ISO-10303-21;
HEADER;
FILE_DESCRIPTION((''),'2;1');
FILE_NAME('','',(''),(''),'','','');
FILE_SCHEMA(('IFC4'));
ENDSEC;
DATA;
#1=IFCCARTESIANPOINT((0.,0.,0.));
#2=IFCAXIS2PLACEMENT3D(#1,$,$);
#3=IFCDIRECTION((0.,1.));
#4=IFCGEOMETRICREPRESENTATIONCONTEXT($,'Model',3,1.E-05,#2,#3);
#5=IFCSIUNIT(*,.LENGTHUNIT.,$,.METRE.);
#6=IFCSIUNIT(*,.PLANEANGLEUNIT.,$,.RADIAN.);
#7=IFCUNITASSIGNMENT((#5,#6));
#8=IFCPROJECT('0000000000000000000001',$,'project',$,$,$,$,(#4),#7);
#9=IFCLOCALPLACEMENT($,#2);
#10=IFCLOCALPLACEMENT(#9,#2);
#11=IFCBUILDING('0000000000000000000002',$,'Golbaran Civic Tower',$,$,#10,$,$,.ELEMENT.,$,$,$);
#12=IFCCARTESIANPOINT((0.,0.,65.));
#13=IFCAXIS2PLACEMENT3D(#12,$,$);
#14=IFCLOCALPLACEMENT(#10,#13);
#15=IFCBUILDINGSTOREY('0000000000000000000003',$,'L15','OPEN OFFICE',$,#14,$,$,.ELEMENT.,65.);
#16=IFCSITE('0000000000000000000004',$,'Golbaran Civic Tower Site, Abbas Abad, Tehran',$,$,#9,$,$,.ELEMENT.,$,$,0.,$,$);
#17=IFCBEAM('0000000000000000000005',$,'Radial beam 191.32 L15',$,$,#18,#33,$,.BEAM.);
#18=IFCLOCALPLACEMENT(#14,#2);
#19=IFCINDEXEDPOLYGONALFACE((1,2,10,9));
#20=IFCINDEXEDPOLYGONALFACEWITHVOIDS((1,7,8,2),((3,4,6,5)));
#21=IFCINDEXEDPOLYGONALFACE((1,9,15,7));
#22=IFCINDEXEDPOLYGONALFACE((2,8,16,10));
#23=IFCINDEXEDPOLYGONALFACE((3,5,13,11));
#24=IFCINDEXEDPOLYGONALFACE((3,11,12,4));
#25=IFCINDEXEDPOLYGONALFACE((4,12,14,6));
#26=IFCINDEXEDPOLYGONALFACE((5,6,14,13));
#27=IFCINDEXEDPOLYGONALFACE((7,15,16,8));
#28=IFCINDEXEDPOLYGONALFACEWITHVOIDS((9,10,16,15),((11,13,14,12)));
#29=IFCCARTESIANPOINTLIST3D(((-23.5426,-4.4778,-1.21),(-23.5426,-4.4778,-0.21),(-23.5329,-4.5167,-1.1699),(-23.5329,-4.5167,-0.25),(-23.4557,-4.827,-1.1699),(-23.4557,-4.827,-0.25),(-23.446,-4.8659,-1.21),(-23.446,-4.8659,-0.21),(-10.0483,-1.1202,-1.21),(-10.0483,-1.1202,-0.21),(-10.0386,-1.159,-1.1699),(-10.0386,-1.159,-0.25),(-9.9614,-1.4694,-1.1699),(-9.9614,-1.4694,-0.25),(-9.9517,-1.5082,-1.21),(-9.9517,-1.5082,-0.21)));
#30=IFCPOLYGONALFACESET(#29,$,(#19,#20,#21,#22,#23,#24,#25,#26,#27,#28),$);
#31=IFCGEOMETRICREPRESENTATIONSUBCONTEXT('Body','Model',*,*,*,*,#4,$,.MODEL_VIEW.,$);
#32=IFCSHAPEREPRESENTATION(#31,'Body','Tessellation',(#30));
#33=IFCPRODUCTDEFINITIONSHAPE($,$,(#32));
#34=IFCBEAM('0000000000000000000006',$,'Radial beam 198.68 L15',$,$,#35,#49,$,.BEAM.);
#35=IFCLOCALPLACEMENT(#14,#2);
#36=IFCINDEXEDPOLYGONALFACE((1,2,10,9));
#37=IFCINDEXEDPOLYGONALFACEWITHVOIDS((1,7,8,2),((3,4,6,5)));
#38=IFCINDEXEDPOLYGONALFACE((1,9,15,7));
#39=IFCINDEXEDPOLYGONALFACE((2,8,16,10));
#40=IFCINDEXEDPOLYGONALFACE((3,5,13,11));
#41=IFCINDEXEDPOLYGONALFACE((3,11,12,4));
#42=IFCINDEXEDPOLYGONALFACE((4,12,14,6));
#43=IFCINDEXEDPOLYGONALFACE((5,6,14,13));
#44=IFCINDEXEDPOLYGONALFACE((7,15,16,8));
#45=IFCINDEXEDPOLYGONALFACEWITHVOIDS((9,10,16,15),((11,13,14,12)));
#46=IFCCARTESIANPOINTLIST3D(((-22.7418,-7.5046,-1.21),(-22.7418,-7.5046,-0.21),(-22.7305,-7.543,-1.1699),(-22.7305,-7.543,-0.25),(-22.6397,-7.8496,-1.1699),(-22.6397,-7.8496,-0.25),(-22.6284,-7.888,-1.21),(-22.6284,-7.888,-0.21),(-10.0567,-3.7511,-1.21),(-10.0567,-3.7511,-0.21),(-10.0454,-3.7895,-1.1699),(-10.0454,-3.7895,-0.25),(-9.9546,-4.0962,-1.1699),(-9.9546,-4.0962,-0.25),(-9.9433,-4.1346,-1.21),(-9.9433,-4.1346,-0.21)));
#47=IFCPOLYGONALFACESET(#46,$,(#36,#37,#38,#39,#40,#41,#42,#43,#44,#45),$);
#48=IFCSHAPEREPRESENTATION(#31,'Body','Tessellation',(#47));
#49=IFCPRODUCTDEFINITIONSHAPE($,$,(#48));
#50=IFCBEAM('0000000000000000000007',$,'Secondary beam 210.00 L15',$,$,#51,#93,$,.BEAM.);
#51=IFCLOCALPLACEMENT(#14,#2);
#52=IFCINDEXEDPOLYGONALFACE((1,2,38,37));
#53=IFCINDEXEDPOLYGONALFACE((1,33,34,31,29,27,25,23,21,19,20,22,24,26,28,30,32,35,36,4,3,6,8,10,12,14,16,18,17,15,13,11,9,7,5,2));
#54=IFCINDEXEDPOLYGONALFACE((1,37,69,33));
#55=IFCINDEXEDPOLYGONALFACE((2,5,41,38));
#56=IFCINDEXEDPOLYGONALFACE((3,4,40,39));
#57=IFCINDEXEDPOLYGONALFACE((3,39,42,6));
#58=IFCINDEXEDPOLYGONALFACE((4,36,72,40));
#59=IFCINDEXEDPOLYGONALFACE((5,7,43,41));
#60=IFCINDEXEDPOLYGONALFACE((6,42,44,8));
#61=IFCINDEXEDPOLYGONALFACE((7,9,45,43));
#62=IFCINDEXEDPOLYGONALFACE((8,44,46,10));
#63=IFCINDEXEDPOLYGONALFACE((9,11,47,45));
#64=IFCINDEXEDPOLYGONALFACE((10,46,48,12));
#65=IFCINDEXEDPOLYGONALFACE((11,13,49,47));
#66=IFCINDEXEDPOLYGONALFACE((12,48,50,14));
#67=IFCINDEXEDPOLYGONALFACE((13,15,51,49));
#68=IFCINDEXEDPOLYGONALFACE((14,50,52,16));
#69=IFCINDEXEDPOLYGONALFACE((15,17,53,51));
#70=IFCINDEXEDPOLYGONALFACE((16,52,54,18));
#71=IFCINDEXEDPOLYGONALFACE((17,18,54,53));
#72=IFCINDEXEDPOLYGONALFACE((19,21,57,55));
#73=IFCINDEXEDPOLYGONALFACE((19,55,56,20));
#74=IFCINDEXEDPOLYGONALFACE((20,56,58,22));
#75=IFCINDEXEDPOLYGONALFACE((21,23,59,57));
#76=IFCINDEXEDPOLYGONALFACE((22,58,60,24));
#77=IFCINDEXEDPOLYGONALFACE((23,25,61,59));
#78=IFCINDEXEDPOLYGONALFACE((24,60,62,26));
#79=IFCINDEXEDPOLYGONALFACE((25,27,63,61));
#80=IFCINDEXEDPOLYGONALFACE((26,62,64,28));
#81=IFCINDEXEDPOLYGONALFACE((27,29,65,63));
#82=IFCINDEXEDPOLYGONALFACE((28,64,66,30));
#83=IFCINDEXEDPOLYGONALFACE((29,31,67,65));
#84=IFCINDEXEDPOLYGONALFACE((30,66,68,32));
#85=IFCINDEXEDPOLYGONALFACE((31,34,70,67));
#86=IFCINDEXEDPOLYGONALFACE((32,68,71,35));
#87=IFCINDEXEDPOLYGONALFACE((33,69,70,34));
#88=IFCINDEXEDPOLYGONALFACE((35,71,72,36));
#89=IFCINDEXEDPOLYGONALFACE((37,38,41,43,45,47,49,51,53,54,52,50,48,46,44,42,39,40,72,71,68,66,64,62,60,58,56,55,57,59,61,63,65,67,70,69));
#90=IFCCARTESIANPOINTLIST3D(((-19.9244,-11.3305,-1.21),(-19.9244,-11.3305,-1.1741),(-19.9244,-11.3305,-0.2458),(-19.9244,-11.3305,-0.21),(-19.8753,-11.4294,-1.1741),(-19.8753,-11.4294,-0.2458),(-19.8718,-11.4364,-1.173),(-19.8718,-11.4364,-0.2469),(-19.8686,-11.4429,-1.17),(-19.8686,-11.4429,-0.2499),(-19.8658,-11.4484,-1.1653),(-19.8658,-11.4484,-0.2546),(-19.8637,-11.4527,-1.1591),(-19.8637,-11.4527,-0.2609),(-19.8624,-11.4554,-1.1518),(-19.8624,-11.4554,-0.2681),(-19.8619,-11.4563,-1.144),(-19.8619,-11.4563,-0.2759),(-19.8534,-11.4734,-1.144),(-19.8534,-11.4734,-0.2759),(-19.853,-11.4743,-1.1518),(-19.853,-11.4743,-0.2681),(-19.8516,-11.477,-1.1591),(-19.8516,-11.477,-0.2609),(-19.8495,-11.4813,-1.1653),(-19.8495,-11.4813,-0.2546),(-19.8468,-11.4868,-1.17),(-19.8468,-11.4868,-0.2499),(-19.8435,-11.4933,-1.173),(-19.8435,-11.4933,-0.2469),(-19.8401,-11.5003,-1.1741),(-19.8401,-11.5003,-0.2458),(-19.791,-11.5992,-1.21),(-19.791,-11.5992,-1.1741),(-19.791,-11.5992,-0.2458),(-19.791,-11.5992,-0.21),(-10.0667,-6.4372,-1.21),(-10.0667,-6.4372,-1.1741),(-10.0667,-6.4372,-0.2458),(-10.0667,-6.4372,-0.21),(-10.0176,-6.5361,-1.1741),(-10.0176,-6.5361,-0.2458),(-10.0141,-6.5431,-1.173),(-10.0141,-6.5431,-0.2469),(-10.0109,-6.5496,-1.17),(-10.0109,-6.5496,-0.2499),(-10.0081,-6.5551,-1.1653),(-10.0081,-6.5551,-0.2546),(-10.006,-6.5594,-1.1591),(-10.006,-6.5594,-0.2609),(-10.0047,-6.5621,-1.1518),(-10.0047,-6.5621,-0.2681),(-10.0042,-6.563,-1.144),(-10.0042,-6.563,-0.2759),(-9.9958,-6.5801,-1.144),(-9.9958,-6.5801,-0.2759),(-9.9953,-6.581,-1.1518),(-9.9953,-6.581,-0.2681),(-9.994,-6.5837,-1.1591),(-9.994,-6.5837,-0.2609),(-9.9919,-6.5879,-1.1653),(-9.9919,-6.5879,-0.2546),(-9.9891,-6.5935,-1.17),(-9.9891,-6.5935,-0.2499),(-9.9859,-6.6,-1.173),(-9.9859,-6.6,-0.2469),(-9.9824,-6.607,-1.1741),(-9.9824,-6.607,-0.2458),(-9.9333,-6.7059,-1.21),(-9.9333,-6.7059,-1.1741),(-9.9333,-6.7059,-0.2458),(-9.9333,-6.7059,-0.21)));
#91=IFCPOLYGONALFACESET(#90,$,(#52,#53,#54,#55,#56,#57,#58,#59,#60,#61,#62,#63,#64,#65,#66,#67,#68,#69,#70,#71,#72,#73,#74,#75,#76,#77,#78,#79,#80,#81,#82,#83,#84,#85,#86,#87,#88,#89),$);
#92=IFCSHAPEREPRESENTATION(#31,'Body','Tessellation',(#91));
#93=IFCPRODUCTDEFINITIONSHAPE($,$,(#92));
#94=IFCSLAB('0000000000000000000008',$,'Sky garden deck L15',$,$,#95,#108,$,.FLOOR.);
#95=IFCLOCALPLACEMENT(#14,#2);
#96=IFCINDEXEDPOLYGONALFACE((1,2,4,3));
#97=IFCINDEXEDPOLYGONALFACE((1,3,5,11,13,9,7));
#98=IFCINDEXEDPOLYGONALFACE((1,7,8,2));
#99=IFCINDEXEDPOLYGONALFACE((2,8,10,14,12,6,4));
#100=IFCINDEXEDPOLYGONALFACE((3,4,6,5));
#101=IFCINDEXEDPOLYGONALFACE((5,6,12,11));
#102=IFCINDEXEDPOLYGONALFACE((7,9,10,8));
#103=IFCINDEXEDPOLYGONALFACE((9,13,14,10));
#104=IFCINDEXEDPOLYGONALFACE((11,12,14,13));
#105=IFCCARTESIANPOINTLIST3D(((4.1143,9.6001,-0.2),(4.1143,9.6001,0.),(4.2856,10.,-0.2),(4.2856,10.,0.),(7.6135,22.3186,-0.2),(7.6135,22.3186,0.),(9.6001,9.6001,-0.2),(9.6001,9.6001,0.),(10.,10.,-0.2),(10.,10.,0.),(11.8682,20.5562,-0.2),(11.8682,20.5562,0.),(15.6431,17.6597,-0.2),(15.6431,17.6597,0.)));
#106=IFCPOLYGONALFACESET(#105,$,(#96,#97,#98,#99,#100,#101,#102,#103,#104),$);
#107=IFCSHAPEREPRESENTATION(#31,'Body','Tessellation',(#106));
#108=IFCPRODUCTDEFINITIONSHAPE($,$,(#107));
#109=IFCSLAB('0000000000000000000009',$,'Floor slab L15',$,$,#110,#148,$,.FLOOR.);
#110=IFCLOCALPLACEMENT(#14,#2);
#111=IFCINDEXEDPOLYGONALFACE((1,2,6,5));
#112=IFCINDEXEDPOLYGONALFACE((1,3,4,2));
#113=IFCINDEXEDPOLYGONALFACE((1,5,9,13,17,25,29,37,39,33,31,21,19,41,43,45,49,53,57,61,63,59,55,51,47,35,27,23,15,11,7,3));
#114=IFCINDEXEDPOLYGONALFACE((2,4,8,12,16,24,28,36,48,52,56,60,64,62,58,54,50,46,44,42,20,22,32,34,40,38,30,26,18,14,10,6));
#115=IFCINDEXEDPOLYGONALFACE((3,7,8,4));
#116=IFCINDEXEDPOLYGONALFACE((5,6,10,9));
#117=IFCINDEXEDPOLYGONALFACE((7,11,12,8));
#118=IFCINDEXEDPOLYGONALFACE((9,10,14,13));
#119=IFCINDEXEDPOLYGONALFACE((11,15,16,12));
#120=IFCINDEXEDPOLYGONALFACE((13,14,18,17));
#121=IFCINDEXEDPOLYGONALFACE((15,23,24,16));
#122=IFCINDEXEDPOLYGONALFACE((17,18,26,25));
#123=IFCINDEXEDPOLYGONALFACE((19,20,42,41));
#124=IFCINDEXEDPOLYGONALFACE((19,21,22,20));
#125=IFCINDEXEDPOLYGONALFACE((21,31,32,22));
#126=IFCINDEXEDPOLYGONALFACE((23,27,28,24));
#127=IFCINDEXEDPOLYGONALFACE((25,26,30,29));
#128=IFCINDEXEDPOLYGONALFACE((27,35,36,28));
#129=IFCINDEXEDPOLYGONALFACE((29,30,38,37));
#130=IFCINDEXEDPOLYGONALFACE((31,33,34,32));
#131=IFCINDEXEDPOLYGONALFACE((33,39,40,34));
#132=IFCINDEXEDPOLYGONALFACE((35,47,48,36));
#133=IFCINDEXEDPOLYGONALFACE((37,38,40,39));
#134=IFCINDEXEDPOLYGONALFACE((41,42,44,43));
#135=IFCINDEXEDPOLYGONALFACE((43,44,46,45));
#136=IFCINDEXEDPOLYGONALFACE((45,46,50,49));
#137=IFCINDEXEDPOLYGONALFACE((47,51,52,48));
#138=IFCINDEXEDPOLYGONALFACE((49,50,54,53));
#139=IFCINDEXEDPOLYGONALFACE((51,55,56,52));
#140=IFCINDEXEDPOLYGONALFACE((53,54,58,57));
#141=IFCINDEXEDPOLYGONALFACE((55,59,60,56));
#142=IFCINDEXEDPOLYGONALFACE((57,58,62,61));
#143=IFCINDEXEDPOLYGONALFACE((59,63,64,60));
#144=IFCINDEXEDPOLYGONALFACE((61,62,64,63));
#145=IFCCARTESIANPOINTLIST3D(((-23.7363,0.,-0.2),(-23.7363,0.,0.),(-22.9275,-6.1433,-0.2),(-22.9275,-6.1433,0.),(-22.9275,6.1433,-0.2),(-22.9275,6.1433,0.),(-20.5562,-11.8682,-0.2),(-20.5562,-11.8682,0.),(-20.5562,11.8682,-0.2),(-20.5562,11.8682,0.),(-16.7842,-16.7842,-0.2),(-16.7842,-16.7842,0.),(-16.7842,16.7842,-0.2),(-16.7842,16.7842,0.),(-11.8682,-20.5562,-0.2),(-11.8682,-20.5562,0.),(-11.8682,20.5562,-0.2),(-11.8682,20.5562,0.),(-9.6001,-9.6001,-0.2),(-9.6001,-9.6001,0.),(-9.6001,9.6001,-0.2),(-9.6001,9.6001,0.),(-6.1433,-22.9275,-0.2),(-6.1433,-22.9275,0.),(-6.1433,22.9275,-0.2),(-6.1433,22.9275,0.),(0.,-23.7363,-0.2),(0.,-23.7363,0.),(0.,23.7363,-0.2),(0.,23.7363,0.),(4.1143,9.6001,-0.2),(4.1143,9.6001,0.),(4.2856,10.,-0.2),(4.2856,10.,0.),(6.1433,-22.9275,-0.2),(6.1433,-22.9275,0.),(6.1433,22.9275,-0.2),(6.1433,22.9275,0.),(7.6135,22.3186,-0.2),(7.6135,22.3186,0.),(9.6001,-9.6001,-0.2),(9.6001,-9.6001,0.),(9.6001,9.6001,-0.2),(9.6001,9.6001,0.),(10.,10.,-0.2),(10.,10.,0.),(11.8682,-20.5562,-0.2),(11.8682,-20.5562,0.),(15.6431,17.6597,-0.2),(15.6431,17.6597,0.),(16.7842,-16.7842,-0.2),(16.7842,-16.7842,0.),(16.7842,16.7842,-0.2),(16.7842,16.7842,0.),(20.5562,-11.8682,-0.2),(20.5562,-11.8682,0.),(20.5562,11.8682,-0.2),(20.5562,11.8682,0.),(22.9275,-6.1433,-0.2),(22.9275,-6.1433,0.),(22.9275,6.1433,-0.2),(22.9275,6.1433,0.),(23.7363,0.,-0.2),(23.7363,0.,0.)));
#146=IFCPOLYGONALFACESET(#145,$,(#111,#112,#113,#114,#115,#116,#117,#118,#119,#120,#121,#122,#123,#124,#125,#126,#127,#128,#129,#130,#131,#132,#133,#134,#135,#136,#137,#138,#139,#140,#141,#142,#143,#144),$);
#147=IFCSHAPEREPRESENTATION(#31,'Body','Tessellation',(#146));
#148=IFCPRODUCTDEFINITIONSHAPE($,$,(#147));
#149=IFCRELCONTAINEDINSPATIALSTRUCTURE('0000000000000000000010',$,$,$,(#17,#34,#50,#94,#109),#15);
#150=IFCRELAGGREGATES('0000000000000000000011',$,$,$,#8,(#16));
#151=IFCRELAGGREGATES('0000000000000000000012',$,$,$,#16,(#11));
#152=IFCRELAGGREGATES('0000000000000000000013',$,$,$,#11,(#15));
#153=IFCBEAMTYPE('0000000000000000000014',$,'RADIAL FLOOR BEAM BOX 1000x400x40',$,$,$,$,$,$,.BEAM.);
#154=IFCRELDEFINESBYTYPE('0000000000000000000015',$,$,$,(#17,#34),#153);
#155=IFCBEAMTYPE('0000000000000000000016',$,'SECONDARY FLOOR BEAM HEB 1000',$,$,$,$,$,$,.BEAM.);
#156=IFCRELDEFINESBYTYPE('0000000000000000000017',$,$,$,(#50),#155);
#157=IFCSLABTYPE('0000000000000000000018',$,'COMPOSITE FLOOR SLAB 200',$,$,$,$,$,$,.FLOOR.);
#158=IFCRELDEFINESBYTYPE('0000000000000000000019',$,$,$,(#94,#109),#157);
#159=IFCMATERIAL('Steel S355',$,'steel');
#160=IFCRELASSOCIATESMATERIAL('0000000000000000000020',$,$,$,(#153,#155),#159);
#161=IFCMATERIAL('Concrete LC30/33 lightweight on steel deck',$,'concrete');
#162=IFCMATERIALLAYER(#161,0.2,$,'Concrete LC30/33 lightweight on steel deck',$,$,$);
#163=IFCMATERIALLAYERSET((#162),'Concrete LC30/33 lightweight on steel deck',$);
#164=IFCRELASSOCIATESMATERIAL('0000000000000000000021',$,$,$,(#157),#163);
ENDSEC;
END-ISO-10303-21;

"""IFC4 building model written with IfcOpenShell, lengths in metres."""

from ifc_helpers import new_model, si_unit, direction, frame, origin, origin_2d, place, context, subcontext, project, spatial, polyline, hollow_rectangle, i_section, outline, extrude, material, layer, layer_set, material_profile, profile_set, type_object, element, save


model = new_model("IFC4")

# Units and contexts
model_context = context("Model", 3, precision=1e-05, world=origin(), true_north=direction((0.0, 1.0)))
body_context = subcontext(model_context, "Body", "Model", "MODEL_VIEW")
ifc_project = project(units=[si_unit("LENGTHUNIT", "METRE"), si_unit("PLANEANGLEUNIT", "RADIAN")], contexts=[model_context])

# Site, building, storey
site_placement = place(None, origin())
site = spatial("IfcSite", under=ifc_project, at=site_placement, Name="Golbaran Civic Tower Site, Abbas Abad, Tehran", CompositionType="ELEMENT", RefElevation=0.0)
building_placement = place(site_placement, origin())
building = spatial("IfcBuilding", under=site, at=building_placement, Name="Golbaran Civic Tower", CompositionType="ELEMENT")
storey_placement = place(building_placement, frame((0.0, 0.0, 65.0)))
storey = spatial("IfcBuildingStorey", under=building, at=storey_placement, Name="L15", Description="OPEN OFFICE", CompositionType="ELEMENT", Elevation=65.0)

# Beams
ifc_material_1 = material(Name="Steel S355", Category="steel")
ifc_material_profile_1 = material_profile(ifc_material_1, hollow_rectangle(XDim=0.3999, YDim=1.0, WallThickness=0.04, at=origin_2d()), Name="BOX 1000x400x40")
ifc_profile_set_1 = profile_set([ifc_material_profile_1], Name="Steel S355")
beam_type_1 = type_object("IfcBeamType", Name="RADIAL FLOOR BEAM BOX 1000x400x40", PredefinedType="BEAM", material=ifc_profile_set_1)
beam_1_placement = place(storey_placement, frame((-10.0, -1.3142, -0.71), z_axis=(-0.970411, -0.241457, 0.0), x_axis=(0.241457, -0.970411, 0.0)))
element("IfcBeam", 1, at=beam_1_placement, inside=storey, type_object=beam_type_1, Name="Radial beam 191.32 L15", PredefinedType="BEAM", context=body_context, shape_type="SweptSolid", body=[
    extrude(hollow_rectangle(XDim=0.3999, YDim=1.0, WallThickness=0.04, at=origin_2d()), origin(), (0.0, 0.0, 1.0), 13.9058),
])
beam_2_placement = place(storey_placement, frame((-10.0, -3.9429, -0.71), z_axis=(-0.958903, -0.283733, 0.0), x_axis=(0.283733, -0.958903, 0.0)))
element("IfcBeam", 2, at=beam_2_placement, inside=storey, type_object=beam_type_1, Name="Radial beam 198.68 L15", PredefinedType="BEAM", context=body_context, shape_type="SweptSolid", body=[
    extrude(hollow_rectangle(XDim=0.3999, YDim=1.0, WallThickness=0.04, at=origin_2d()), origin(), (0.0, 0.0, 1.0), 13.2288),
])
ifc_material_profile_2 = material_profile(ifc_material_1, i_section(OverallWidth=0.3, OverallDepth=1.0, WebThickness=0.019, FlangeThickness=0.0359, FilletRadius=0.03, at=origin_2d()), Name="HEB 1000")
ifc_profile_set_2 = profile_set([ifc_material_profile_2], Name="Steel S355")
beam_type_2 = type_object("IfcBeamType", Name="SECONDARY FLOOR BEAM HEB 1000", PredefinedType="BEAM", material=ifc_profile_set_2)
beam_3_placement = place(storey_placement, frame((-10.0, -6.5715, -0.71), z_axis=(-0.895715, -0.44463, 0.0), x_axis=(0.44463, -0.895715, 0.0)))
element("IfcBeam", 3, at=beam_3_placement, inside=storey, type_object=beam_type_2, Name="Secondary beam 210.00 L15", PredefinedType="BEAM", context=body_context, shape_type="SweptSolid", body=[
    extrude(i_section(OverallWidth=0.3, OverallDepth=1.0, WebThickness=0.019, FlangeThickness=0.0359, FilletRadius=0.03, at=origin_2d()), origin(), (0.0, 0.0, 1.0), 11.0054),
])

# Slabs
ifc_material_2 = material(Name="Concrete LC30/33 lightweight on steel deck", Category="concrete")
ifc_layer_1 = layer(ifc_material_2, 0.2, Name="Concrete LC30/33 lightweight on steel deck")
ifc_layer_set_1 = layer_set([ifc_layer_1], Name="Concrete LC30/33 lightweight on steel deck")
slab_type_1 = type_object("IfcSlabType", Name="COMPOSITE FLOOR SLAB 200", PredefinedType="FLOOR", material=ifc_layer_set_1)
slab_1_placement = place(storey_placement, frame((0.0, 0.0, -0.2)))
element("IfcSlab", 4, at=slab_1_placement, inside=storey, type_object=slab_type_1, Name="Sky garden deck L15", PredefinedType="FLOOR", context=body_context, shape_type="SweptSolid", body=[
    extrude(outline(polyline([(15.6431, 17.6597), (10.0, 10.0), (9.6001, 9.6001), (4.1143, 9.6001), (4.2856, 10.0), (7.6135, 22.3186), (11.8682, 20.5562), (15.6431, 17.6597)])), origin(), (0.0, 0.0, 1.0), 0.2),
])
slab_2_placement = place(storey_placement, frame((0.0, 0.0, -0.2)))
element("IfcSlab", 5, at=slab_2_placement, inside=storey, type_object=slab_type_1, Name="Floor slab L15", PredefinedType="FLOOR", context=body_context, shape_type="SweptSolid", body=[
    extrude(outline(polyline([(16.7842, -16.7842), (11.8682, -20.5562), (6.1433, -22.9275), (0.0, -23.7363), (-6.1433, -22.9275), (-11.8682, -20.5562), (-16.7842, -16.7842), (-20.5562, -11.8682), (-22.9275, -6.1433), (-23.7363, 0.0), (-22.9275, 6.1433), (-20.5562, 11.8682), (-16.7842, 16.7842), (-11.8682, 20.5562), (-6.1433, 22.9275), (0.0, 23.7363), (6.1433, 22.9275), (7.6135, 22.3186), (4.2856, 10.0), (4.1143, 9.6001), (-9.6001, 9.6001), (-9.6001, -9.6001), (9.6001, -9.6001), (9.6001, 9.6001), (10.0, 10.0), (15.6431, 17.6597), (16.7842, 16.7842), (20.5562, 11.8682), (22.9275, 6.1433), (23.7363, 0.0), (22.9275, -6.1433), (20.5562, -11.8682), (16.7842, -16.7842)])), origin(), (0.0, 0.0, 1.0), 0.2),
])

save(model, "model.ifc")
